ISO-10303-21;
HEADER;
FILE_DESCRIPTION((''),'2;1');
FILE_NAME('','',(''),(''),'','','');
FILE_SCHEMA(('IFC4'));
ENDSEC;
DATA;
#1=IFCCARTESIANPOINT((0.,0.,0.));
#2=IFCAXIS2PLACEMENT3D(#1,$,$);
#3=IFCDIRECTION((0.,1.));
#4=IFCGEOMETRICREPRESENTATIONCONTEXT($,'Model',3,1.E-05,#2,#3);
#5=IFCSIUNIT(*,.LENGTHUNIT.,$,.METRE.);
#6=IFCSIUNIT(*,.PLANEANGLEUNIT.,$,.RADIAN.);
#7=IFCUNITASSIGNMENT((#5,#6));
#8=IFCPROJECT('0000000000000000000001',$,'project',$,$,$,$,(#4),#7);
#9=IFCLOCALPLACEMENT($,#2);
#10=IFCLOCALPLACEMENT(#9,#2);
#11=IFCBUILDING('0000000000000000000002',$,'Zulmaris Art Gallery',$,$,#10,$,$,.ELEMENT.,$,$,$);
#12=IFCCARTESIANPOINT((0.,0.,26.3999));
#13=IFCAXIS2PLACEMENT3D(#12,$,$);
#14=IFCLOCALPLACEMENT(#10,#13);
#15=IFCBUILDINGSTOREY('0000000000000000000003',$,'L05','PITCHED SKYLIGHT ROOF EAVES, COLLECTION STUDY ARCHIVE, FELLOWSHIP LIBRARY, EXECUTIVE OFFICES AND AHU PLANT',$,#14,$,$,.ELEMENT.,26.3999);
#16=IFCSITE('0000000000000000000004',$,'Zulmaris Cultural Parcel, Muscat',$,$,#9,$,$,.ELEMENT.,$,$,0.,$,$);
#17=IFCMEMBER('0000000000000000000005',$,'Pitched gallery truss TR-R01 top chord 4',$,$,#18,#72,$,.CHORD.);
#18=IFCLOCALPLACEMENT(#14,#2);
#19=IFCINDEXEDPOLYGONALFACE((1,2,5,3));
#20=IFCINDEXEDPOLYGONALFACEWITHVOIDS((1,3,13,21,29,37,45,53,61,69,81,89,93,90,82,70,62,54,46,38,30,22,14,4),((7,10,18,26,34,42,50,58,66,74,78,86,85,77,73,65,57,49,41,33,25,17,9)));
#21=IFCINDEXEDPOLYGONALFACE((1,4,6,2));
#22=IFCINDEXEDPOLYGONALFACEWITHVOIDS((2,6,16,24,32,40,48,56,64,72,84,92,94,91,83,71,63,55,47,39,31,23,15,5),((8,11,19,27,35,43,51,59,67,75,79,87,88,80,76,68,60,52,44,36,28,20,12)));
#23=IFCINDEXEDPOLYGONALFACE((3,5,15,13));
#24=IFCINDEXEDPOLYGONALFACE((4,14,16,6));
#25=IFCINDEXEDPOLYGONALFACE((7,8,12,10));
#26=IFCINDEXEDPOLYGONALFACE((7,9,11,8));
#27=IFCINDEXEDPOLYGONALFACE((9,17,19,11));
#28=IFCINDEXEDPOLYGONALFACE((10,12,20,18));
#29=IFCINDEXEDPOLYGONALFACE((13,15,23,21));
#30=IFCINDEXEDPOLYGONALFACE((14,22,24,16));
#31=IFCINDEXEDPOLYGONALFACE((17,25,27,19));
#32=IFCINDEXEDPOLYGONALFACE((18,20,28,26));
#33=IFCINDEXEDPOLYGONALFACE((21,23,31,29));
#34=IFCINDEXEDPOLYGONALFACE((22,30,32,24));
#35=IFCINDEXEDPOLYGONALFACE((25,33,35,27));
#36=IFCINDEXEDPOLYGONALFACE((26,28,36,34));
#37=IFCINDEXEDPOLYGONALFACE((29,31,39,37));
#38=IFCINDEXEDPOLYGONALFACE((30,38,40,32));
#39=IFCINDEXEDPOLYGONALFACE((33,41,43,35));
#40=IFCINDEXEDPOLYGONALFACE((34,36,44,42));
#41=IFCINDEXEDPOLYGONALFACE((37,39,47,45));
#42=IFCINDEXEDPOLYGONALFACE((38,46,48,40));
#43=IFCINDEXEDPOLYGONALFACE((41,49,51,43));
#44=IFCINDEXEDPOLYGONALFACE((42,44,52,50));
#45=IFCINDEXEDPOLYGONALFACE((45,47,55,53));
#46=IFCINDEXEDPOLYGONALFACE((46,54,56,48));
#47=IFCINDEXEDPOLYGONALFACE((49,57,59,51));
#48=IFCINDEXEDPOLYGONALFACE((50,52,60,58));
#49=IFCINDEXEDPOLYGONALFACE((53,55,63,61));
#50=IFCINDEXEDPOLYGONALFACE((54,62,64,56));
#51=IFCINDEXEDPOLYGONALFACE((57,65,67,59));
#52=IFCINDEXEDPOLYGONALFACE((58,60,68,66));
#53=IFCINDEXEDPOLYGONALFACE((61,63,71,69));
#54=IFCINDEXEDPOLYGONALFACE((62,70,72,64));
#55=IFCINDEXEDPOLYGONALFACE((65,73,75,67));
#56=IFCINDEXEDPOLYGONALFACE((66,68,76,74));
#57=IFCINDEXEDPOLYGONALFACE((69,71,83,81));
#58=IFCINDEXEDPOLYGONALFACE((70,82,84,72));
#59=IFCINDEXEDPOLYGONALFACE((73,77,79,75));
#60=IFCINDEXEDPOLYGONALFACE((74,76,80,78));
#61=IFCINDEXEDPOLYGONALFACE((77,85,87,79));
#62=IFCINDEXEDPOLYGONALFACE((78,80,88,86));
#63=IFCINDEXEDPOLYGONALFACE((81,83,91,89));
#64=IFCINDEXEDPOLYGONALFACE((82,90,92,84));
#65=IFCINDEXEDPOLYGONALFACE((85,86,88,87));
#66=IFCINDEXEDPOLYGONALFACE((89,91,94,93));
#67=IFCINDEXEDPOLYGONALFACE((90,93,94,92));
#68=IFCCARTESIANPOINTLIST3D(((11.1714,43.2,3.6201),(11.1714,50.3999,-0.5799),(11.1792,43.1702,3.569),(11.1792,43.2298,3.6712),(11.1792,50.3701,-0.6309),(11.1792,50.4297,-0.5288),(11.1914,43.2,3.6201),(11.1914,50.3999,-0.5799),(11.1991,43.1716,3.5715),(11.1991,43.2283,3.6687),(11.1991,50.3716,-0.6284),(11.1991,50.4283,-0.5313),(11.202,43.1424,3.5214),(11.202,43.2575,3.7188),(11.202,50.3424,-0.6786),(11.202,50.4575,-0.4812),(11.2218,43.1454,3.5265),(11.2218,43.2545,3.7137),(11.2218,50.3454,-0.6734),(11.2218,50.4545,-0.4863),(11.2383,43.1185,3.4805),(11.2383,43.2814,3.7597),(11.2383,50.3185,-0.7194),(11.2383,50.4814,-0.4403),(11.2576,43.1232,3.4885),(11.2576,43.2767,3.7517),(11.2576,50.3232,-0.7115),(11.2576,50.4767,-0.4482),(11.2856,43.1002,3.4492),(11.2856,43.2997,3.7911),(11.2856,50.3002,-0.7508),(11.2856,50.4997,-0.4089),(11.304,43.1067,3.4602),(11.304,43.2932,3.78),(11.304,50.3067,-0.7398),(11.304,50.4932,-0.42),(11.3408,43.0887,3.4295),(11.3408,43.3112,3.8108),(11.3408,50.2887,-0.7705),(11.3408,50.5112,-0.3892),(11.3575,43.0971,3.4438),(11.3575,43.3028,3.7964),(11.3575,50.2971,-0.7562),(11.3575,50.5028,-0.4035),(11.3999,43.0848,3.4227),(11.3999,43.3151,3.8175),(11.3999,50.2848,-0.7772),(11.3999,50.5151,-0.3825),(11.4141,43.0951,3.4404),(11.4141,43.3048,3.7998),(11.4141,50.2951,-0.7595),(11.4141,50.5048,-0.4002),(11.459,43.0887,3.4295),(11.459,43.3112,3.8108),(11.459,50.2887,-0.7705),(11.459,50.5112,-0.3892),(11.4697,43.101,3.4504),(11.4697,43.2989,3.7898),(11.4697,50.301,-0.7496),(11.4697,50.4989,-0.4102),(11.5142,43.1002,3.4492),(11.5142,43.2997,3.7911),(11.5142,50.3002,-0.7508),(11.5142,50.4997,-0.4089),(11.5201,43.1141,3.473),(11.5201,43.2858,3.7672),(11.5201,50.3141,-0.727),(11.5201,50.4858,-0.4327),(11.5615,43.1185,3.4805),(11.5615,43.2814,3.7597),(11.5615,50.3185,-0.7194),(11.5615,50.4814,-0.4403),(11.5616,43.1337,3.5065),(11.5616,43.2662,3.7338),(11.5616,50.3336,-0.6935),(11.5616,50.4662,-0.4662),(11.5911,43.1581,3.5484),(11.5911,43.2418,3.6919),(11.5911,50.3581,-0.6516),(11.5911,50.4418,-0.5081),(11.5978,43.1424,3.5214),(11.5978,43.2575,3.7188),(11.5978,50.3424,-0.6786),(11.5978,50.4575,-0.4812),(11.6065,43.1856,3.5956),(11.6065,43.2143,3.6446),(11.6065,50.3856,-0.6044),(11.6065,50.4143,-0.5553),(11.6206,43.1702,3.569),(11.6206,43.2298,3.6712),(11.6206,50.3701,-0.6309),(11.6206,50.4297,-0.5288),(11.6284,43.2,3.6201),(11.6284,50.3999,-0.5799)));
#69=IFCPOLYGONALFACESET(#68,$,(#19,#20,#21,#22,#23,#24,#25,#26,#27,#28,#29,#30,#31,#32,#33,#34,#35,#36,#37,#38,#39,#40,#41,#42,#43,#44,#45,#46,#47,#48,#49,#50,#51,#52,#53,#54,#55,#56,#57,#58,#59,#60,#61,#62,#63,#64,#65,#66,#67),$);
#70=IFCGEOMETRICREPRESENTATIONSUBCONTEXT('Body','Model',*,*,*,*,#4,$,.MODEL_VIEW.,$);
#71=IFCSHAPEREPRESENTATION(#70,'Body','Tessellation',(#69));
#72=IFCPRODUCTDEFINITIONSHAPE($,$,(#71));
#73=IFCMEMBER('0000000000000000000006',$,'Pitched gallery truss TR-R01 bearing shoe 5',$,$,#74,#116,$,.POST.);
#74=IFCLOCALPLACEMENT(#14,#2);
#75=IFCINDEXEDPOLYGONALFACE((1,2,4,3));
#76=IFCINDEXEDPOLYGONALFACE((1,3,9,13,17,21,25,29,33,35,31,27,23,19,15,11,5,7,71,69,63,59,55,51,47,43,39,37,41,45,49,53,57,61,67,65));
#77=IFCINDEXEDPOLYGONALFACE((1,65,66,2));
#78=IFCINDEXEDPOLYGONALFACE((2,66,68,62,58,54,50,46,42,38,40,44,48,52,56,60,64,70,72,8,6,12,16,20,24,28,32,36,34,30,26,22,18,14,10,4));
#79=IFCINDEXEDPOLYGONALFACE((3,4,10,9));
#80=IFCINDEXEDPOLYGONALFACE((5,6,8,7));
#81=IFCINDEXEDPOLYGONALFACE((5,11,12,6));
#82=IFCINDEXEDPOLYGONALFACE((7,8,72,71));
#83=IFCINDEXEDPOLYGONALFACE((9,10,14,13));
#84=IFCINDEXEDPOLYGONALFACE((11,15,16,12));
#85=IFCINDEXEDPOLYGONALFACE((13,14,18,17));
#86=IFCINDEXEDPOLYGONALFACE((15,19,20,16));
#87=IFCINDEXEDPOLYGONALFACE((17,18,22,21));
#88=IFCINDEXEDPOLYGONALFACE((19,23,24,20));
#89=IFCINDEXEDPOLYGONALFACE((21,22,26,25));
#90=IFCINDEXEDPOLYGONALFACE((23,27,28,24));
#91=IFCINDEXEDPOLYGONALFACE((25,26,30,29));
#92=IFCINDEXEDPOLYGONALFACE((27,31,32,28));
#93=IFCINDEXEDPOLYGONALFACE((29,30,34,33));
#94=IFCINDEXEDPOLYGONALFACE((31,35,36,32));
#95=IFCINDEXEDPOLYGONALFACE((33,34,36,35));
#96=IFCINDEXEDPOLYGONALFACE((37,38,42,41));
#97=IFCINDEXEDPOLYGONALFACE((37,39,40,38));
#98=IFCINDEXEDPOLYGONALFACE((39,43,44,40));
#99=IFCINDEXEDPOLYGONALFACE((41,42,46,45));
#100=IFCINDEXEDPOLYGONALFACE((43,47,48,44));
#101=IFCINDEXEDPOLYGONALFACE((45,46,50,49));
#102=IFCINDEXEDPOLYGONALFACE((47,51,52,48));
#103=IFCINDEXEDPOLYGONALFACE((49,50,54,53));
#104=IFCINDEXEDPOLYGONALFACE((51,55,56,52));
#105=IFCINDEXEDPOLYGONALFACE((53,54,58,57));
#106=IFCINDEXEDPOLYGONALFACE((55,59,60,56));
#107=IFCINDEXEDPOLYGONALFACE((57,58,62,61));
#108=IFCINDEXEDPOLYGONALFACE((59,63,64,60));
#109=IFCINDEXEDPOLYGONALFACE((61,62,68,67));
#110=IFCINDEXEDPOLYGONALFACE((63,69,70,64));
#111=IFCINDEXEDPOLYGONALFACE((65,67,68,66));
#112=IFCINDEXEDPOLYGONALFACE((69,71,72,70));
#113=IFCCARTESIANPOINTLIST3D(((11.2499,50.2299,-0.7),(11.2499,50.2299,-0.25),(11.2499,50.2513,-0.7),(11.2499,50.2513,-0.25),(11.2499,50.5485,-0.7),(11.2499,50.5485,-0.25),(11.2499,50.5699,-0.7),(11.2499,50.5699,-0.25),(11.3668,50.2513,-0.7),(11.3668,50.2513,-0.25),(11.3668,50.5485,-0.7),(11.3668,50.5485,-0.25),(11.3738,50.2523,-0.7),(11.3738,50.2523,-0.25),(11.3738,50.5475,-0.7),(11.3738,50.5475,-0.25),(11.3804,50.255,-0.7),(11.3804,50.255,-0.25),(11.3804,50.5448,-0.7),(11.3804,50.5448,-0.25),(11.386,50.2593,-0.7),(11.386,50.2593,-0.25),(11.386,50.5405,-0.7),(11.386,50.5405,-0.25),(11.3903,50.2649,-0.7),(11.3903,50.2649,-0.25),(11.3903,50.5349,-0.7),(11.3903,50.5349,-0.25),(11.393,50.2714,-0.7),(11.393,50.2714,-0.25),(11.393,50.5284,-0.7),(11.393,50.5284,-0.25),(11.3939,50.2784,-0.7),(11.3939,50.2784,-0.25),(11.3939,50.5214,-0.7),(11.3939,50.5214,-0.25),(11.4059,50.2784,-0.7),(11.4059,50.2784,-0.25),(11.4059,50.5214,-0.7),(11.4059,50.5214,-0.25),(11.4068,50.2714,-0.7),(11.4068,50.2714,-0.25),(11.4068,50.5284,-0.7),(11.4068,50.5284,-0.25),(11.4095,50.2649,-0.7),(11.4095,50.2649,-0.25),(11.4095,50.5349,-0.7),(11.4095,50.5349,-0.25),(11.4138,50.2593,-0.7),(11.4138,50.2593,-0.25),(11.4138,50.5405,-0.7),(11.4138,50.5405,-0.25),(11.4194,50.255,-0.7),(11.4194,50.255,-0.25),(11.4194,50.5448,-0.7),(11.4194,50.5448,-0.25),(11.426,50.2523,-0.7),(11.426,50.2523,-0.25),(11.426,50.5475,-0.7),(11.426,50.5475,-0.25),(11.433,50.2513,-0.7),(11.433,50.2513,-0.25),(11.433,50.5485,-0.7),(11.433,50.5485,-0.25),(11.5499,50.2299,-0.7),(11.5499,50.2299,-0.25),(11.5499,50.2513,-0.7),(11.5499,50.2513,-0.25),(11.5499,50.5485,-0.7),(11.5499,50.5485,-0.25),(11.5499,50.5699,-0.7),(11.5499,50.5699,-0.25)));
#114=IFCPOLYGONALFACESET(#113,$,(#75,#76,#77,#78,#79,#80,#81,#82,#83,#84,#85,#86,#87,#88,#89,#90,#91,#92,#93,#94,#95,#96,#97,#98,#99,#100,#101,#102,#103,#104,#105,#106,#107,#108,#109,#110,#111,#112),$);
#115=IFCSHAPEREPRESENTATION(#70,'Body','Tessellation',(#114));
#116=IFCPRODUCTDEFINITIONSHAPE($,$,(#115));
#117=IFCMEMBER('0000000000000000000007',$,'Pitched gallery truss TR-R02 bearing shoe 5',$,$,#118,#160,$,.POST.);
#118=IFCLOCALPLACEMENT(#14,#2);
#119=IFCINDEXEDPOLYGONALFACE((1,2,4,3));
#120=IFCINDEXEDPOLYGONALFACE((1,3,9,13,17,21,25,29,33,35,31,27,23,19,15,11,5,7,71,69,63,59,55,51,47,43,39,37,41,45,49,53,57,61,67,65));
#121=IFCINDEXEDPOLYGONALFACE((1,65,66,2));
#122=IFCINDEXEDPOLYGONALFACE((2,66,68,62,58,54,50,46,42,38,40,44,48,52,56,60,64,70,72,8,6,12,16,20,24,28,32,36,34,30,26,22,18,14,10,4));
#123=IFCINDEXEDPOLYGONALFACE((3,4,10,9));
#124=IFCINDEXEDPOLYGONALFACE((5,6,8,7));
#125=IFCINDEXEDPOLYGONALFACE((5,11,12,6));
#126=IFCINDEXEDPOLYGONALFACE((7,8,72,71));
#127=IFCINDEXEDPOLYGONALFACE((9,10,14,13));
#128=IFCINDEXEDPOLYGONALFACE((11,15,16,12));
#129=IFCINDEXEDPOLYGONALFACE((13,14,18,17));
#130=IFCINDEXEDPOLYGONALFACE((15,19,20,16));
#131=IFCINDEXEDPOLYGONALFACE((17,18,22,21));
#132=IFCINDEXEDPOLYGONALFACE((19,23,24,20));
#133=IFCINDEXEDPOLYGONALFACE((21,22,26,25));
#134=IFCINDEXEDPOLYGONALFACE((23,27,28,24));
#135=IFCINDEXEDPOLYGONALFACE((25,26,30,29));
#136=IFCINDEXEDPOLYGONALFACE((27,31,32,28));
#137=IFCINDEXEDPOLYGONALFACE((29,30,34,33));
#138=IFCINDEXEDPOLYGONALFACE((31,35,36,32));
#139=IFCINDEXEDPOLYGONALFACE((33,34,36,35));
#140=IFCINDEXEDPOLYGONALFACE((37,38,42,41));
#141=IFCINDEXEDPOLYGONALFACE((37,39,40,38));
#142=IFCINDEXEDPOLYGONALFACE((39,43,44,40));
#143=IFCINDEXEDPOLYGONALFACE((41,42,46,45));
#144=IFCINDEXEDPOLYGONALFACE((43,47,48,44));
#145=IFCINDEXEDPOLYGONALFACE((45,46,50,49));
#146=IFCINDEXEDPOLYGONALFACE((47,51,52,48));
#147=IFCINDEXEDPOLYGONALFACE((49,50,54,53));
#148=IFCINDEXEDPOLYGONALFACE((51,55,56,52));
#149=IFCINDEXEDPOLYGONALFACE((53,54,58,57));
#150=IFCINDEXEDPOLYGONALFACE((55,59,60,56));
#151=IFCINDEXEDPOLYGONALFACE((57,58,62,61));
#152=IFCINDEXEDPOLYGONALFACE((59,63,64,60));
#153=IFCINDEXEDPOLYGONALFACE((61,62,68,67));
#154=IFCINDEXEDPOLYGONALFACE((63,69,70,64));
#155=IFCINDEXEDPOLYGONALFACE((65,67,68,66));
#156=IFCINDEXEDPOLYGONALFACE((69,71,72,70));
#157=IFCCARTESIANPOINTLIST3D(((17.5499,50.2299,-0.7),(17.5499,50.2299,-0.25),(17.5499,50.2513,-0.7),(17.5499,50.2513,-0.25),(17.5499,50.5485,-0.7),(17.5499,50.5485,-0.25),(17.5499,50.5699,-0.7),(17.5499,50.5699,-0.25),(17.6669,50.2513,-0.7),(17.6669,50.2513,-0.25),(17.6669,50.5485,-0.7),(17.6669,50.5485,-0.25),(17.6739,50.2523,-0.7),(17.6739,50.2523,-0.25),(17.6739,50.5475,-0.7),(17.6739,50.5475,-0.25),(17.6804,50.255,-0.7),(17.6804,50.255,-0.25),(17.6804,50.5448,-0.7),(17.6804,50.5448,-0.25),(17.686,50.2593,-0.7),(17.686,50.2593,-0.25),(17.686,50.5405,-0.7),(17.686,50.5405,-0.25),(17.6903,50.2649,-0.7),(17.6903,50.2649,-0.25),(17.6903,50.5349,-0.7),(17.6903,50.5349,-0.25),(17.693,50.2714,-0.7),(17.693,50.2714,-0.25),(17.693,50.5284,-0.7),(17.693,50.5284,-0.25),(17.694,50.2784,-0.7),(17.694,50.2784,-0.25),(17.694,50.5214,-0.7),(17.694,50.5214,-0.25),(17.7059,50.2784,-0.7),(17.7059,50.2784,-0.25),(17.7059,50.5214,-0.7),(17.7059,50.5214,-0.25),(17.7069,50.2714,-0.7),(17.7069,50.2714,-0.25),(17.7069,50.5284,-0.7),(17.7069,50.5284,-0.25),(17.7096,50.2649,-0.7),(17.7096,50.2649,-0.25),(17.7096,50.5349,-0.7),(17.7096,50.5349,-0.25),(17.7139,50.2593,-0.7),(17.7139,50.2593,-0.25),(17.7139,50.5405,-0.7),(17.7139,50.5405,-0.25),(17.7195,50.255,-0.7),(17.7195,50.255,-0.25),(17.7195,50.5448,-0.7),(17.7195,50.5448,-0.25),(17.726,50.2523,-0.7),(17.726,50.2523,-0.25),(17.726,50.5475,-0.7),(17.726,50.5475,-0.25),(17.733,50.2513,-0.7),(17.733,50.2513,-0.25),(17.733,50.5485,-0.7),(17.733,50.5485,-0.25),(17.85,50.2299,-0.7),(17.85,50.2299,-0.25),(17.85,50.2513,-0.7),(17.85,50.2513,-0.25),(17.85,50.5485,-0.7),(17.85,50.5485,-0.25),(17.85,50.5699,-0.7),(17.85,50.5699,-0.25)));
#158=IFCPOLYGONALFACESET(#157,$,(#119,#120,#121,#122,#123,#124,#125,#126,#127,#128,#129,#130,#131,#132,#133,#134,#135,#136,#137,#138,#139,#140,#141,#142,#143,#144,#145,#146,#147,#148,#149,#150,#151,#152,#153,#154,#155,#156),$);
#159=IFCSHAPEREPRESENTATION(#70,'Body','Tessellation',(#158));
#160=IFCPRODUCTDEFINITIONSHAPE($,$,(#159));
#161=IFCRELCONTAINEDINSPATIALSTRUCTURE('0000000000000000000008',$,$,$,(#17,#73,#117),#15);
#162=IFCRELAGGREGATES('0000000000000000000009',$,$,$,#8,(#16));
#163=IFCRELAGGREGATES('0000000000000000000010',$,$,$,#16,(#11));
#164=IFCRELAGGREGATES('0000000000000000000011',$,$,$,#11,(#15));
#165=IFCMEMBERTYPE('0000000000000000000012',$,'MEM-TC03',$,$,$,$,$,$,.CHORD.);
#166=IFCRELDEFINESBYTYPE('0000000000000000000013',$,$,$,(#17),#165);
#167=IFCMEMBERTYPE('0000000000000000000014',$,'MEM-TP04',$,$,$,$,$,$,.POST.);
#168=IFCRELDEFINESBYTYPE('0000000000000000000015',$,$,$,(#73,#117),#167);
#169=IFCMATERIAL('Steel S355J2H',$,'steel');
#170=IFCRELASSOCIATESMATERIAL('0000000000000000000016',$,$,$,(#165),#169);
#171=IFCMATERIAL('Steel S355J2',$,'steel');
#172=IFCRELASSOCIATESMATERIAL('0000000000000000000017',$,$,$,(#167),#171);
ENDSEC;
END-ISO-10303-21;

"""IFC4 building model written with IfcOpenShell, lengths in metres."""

from ifc_helpers import new_model, si_unit, direction, frame, origin, origin_2d, place, context, subcontext, project, spatial, hollow_circle, i_section, extrude, material, material_profile, profile_set, type_object, element, save


model = new_model("IFC4")

# Units and contexts
model_context = context("Model", 3, precision=1e-05, world=origin(), true_north=direction((0.0, 1.0)))
body_context = subcontext(model_context, "Body", "Model", "MODEL_VIEW")
ifc_project = project(units=[si_unit("LENGTHUNIT", "METRE"), si_unit("PLANEANGLEUNIT", "RADIAN")], contexts=[model_context])

# Site, building, storey
site_placement = place(None, origin())
site = spatial("IfcSite", under=ifc_project, at=site_placement, Name="Zulmaris Cultural Parcel, Muscat", CompositionType="ELEMENT", RefElevation=0.0)
building_placement = place(site_placement, origin())
building = spatial("IfcBuilding", under=site, at=building_placement, Name="Zulmaris Art Gallery", CompositionType="ELEMENT")
storey_placement = place(building_placement, frame((0.0, 0.0, 26.3999)))
storey = spatial("IfcBuildingStorey", under=building, at=storey_placement, Name="L05", Description="PITCHED SKYLIGHT ROOF EAVES, COLLECTION STUDY ARCHIVE, FELLOWSHIP LIBRARY, EXECUTIVE OFFICES AND AHU PLANT", CompositionType="ELEMENT", Elevation=26.3999)

# Members
ifc_material_1 = material(Name="Steel S355J2H", Category="steel")
ifc_material_2 = material(Name="Steel S355J2", Category="steel")
ifc_material_profile_1 = material_profile(ifc_material_1, hollow_circle(Radius=0.2285, WallThickness=0.02, at=origin_2d()), Name="CHS 457x20")
ifc_profile_set_1 = profile_set([ifc_material_profile_1], Name="Steel S355J2H")
member_type_1 = type_object("IfcMemberType", Name="MEM-TC03", PredefinedType="CHORD", material=ifc_profile_set_1)
member_1_placement = place(storey_placement, frame((11.3999, 43.2, 3.6201), z_axis=(0.0, 0.86378, -0.503869), x_axis=(-1.0, 0.0, 0.0)))
element("IfcMember", 1, at=member_1_placement, inside=storey, type_object=member_type_1, Name="Pitched gallery truss TR-R01 top chord 4", PredefinedType="CHORD", context=body_context, shape_type="SweptSolid", body=[
    extrude(hollow_circle(Radius=0.2285, WallThickness=0.02, at=origin_2d()), origin(), (0.0, 0.0, 1.0), 8.3354),
])
ifc_material_profile_2 = material_profile(ifc_material_2, i_section(OverallWidth=0.3, OverallDepth=0.3401, WebThickness=0.012, FlangeThickness=0.0215, FilletRadius=0.0271, at=origin_2d()), Name="HEB 340")
ifc_profile_set_2 = profile_set([ifc_material_profile_2], Name="Steel S355J2")
member_type_2 = type_object("IfcMemberType", Name="MEM-TP04", PredefinedType="POST", material=ifc_profile_set_2)
for number, where, z_axis, x_axis, name in (
    (2, (11.3999, 50.3999, -0.7), (0.0, 0.0, 1.0), (1.0, 0.0, 0.0), "Pitched gallery truss TR-R01 bearing shoe 5"),
    (3, (17.7, 50.3999, -0.7), (0.0, 0.0, 1.0), (1.0, 0.0, 0.0), "Pitched gallery truss TR-R02 bearing shoe 5"),
):
    element("IfcMember", number, at=place(storey_placement, frame(where, z_axis=z_axis, x_axis=x_axis)), inside=storey, type_object=member_type_2, Name=name, PredefinedType="POST", context=body_context, shape_type="SweptSolid", body=[
        extrude(i_section(OverallWidth=0.3, OverallDepth=0.3401, WebThickness=0.012, FlangeThickness=0.0215, FilletRadius=0.0271, at=origin_2d()), origin(), (0.0, 0.0, 1.0), 0.45),
    ])

save(model, "model.ifc")
